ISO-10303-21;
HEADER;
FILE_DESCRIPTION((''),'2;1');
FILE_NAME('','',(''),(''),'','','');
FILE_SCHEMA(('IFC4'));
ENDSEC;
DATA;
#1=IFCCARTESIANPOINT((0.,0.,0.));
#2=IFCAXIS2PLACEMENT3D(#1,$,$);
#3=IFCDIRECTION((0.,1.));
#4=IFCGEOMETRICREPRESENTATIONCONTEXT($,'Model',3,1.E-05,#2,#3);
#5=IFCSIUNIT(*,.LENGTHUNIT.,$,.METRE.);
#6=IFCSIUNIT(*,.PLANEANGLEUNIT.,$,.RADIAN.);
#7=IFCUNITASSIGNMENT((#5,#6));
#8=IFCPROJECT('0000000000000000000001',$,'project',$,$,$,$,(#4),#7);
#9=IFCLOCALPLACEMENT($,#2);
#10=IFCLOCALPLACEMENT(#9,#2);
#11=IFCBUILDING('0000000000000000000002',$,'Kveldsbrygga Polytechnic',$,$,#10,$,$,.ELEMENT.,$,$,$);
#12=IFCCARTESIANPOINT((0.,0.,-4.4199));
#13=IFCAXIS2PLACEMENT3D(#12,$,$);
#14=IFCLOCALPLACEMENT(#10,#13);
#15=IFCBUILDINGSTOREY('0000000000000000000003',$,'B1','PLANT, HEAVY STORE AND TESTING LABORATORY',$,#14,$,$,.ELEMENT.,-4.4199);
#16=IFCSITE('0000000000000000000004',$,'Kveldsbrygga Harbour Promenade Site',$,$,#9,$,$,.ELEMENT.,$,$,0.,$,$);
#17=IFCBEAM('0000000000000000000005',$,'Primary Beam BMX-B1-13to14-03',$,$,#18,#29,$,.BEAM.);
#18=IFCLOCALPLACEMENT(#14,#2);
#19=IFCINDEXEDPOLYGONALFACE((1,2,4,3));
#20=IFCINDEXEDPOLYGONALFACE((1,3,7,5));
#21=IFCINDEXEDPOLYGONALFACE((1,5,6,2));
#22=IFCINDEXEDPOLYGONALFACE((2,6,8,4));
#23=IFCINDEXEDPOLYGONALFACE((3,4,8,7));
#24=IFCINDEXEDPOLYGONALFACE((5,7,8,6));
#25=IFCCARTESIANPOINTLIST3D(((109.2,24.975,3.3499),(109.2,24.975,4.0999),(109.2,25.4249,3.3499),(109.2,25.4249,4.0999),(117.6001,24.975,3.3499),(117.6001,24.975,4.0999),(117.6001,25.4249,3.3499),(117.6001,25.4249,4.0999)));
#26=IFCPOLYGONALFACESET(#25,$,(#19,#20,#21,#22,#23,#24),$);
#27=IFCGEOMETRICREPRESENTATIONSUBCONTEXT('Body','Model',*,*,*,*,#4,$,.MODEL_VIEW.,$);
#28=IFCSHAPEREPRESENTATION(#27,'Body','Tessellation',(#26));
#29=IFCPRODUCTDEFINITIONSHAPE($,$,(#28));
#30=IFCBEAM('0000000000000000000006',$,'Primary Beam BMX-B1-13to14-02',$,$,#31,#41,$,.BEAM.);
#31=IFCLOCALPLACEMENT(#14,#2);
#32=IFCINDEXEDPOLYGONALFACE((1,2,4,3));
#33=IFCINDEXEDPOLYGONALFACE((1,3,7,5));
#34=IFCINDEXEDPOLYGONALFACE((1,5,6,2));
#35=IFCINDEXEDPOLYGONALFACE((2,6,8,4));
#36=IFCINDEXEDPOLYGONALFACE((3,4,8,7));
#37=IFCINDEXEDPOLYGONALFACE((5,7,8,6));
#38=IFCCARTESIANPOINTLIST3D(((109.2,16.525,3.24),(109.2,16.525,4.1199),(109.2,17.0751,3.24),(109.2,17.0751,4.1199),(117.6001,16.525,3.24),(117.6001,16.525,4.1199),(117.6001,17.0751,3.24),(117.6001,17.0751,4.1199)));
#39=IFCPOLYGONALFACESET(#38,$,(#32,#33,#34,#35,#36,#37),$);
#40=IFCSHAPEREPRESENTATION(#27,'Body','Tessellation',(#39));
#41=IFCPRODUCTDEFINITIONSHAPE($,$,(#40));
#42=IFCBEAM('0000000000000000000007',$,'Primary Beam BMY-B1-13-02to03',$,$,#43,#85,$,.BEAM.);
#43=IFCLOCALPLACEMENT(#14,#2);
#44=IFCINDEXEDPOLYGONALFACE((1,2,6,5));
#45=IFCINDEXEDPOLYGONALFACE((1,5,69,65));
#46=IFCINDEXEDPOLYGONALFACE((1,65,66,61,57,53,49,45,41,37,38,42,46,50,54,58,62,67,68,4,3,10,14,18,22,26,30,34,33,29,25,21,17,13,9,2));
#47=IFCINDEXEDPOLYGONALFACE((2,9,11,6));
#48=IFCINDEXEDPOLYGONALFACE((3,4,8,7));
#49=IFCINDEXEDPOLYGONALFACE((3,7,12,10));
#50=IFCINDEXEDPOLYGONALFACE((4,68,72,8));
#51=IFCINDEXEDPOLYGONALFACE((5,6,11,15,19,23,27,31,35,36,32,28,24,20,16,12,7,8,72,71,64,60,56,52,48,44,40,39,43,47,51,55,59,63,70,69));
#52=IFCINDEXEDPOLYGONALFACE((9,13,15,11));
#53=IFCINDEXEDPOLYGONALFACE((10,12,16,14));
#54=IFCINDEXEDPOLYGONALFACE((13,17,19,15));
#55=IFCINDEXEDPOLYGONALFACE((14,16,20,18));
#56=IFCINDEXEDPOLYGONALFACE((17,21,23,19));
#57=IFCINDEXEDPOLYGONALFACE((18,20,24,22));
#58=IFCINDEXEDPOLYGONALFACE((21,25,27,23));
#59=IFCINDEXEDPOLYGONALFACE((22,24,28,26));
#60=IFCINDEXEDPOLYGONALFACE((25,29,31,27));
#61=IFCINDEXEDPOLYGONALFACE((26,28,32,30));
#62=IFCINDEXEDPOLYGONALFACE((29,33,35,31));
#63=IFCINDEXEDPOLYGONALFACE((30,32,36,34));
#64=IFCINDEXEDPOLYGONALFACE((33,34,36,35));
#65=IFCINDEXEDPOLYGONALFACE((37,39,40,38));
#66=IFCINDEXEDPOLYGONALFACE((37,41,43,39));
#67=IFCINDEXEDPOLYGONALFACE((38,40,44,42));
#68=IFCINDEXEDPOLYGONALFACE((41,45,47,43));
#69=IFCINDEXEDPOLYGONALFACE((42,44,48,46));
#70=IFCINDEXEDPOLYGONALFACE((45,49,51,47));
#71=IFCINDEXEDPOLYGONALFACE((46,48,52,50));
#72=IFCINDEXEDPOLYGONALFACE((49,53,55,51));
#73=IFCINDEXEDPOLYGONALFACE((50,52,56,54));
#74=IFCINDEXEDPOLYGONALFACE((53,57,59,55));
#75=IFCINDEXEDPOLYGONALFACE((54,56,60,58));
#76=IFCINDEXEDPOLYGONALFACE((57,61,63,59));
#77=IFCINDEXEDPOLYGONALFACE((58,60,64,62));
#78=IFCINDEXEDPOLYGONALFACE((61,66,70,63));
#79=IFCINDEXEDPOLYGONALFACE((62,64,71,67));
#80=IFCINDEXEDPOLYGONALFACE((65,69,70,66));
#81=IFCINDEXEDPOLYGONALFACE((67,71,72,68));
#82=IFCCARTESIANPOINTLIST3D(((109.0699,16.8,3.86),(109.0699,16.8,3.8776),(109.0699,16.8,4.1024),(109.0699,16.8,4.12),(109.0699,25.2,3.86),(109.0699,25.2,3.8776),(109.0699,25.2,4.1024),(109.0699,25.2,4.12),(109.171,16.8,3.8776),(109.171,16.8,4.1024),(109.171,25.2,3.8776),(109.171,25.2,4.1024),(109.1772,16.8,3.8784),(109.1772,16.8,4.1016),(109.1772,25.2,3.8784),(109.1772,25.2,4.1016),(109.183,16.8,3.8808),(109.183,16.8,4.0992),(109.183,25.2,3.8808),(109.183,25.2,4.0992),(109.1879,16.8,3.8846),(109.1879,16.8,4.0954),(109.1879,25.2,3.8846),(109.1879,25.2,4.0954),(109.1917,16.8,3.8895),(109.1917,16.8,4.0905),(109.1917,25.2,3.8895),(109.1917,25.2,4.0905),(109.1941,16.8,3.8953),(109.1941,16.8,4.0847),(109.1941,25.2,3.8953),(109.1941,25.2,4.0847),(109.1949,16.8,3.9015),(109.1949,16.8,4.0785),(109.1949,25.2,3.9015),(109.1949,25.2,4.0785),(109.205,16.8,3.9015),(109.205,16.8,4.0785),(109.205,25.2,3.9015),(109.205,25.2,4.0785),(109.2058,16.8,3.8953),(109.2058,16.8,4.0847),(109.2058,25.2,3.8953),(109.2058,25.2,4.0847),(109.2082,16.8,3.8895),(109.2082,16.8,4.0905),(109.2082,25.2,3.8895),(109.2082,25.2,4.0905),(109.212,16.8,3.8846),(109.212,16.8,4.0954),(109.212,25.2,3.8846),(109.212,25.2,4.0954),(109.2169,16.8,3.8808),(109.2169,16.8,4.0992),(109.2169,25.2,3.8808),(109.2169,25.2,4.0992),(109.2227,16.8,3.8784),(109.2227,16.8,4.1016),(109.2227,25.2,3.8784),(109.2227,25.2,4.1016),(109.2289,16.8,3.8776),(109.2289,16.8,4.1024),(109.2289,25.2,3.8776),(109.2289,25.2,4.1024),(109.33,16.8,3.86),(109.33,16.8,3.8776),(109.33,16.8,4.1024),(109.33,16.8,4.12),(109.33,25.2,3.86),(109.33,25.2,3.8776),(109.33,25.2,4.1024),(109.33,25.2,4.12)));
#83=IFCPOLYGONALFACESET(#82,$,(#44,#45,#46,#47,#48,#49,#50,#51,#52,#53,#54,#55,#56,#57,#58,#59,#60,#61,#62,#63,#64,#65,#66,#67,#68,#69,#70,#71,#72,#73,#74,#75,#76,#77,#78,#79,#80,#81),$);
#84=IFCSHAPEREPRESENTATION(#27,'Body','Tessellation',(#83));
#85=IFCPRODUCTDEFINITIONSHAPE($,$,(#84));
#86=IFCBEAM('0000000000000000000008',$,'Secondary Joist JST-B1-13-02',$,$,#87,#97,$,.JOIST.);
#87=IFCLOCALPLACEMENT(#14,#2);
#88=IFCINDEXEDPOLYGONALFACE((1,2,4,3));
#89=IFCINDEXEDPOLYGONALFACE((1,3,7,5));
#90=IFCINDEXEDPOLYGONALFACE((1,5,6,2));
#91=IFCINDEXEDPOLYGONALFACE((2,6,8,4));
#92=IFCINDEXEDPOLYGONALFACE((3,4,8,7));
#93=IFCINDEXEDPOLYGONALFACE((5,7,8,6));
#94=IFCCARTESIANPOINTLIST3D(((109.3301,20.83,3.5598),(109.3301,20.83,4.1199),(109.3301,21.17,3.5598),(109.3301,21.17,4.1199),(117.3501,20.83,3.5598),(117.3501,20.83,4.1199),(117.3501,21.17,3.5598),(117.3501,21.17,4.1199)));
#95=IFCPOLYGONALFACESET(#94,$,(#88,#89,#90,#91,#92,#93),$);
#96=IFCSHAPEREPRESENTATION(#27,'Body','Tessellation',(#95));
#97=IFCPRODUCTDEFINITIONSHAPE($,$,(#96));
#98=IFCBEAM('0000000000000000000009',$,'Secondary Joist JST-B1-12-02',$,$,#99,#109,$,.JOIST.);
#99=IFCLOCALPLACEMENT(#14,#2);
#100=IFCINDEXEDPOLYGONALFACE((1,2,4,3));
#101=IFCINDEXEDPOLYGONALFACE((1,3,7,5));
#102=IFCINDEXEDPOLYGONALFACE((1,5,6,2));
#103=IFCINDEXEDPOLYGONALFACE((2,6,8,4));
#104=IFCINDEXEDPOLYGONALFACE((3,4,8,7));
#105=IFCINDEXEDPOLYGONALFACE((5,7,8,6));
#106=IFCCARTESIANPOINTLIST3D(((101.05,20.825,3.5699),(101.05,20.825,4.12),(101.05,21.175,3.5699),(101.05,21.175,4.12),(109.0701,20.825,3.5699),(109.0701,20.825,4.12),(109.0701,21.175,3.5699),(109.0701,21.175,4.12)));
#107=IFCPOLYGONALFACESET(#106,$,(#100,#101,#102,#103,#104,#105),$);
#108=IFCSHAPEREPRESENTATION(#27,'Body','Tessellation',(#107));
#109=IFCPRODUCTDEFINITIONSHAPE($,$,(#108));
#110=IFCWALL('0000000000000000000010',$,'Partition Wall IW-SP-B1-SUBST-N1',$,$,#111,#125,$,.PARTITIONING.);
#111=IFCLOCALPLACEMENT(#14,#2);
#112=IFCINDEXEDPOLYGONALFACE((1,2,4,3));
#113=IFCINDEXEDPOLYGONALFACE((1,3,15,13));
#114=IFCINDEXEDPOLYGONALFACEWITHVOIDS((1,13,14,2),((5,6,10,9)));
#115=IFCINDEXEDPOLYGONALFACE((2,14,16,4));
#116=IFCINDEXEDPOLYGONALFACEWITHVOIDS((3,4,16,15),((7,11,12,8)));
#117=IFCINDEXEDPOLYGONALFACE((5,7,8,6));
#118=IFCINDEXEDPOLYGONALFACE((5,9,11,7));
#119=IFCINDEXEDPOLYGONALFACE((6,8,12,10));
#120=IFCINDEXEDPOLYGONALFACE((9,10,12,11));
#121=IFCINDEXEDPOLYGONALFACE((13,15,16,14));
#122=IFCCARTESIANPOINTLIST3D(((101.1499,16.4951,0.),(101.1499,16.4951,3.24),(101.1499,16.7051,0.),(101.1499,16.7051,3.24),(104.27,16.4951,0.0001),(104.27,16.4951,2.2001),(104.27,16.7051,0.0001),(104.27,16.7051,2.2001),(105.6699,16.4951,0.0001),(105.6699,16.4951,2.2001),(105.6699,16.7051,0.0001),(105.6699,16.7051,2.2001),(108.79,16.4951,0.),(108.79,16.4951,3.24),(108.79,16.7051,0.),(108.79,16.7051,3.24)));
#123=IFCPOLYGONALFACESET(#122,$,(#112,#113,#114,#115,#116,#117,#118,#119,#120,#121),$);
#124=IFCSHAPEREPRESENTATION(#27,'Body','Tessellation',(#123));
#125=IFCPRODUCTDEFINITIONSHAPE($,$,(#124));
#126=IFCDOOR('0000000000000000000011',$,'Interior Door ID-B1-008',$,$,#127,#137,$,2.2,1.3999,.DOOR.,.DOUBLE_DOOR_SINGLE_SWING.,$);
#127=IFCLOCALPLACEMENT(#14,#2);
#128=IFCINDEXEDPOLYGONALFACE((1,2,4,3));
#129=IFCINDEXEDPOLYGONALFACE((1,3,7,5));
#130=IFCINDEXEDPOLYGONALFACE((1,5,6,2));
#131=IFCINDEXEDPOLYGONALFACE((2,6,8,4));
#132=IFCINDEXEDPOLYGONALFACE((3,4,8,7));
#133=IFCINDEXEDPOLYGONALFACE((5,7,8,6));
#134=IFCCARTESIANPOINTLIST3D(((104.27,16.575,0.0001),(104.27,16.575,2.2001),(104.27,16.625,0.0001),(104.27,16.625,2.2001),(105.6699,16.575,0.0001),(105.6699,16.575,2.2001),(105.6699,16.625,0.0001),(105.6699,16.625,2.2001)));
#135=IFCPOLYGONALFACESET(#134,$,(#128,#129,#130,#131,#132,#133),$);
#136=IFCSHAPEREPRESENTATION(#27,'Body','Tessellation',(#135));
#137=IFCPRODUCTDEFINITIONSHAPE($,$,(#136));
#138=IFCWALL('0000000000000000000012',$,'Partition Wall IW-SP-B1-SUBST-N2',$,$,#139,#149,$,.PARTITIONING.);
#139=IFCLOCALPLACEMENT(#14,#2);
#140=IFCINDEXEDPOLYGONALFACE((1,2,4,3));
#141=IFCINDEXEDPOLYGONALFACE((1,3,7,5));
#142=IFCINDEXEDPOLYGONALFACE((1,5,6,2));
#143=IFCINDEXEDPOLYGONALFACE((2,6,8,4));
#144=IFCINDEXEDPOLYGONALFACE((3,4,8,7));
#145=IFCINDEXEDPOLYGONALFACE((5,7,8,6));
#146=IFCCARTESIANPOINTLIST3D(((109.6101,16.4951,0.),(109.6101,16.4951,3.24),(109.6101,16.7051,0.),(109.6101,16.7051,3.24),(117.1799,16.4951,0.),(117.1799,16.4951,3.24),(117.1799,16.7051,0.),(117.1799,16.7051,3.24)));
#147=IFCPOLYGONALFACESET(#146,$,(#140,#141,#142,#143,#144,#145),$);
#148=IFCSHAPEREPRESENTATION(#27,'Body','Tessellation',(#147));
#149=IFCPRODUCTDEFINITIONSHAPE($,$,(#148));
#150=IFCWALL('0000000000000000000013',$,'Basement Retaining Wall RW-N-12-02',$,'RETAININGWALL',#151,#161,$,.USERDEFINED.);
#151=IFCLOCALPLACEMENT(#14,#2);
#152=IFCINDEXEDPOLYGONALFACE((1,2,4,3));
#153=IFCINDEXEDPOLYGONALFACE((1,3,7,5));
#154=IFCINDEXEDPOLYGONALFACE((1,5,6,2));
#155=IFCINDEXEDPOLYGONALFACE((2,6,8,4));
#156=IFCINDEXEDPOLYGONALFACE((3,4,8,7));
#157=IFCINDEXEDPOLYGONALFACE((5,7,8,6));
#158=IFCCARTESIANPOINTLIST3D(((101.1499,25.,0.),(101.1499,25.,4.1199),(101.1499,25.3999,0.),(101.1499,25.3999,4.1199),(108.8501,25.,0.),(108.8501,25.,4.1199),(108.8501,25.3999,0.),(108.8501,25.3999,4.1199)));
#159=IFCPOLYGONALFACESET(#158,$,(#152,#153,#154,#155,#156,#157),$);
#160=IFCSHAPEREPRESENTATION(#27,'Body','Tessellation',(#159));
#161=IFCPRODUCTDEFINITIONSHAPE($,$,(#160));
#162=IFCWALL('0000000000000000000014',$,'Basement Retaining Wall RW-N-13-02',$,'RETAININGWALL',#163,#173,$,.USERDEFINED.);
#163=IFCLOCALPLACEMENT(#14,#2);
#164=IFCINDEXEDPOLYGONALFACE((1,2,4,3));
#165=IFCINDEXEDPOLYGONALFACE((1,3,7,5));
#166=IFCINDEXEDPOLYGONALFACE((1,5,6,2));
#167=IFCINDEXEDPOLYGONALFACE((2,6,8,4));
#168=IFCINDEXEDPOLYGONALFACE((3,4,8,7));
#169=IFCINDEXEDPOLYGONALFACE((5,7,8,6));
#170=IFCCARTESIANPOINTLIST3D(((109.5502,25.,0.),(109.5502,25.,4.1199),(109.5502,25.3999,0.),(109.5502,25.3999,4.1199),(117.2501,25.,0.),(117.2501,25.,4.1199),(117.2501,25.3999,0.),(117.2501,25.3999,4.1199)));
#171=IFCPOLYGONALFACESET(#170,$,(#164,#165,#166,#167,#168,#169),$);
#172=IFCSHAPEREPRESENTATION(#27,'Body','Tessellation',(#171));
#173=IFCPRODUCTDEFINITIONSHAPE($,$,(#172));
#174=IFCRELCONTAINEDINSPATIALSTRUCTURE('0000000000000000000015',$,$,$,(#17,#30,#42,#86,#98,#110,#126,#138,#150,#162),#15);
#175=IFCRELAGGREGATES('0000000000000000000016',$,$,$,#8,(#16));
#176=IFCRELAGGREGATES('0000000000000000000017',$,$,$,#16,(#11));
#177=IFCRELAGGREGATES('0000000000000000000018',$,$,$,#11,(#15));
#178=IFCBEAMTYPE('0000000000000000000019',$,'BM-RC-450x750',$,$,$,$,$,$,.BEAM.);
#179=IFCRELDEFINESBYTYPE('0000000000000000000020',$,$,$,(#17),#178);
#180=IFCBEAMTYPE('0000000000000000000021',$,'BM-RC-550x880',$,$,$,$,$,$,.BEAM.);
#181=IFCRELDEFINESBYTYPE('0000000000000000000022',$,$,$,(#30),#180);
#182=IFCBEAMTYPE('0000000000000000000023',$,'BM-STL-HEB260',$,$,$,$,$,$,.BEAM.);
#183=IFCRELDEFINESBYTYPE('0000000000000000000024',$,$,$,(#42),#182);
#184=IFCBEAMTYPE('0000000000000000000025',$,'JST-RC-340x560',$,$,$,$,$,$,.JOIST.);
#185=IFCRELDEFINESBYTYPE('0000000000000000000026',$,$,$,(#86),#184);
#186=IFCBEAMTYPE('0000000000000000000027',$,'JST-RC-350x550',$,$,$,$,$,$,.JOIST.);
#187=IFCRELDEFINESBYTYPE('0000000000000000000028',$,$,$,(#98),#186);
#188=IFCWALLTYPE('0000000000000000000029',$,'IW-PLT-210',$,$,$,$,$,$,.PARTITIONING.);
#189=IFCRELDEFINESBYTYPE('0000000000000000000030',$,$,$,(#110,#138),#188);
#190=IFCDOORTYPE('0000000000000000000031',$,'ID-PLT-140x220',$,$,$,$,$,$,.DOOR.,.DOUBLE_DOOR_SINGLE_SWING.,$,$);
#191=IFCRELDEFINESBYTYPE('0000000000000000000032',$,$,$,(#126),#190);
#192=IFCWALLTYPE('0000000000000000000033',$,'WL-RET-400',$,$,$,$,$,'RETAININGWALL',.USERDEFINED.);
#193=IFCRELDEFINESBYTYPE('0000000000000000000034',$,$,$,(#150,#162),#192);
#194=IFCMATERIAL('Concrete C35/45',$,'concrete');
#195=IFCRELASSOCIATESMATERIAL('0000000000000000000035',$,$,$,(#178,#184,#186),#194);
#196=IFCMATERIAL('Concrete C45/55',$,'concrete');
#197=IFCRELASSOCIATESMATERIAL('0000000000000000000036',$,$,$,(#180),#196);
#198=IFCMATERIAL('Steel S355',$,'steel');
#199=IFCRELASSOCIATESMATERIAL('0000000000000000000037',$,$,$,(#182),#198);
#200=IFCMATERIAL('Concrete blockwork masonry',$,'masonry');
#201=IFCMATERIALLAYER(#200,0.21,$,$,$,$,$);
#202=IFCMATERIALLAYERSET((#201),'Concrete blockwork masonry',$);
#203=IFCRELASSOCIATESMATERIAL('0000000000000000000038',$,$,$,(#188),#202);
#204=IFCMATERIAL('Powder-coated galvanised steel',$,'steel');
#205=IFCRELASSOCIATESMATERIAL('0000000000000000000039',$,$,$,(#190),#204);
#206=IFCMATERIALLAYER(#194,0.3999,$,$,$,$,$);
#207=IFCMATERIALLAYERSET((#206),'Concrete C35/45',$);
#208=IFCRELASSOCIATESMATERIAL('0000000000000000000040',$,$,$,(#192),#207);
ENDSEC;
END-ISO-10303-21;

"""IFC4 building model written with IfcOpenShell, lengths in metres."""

from ifc_helpers import new_model, si_unit, direction, frame, frame_2d, origin, origin_2d, place, context, subcontext, project, spatial, rectangle, i_section, extrude, material, layer, layer_set, material_profile, profile_set, type_object, element, fill, save


model = new_model("IFC4")

# Units and contexts
model_context = context("Model", 3, precision=1e-05, world=origin(), true_north=direction((0.0, 1.0)))
body_context = subcontext(model_context, "Body", "Model", "MODEL_VIEW")
ifc_project = project(units=[si_unit("LENGTHUNIT", "METRE"), si_unit("PLANEANGLEUNIT", "RADIAN")], contexts=[model_context])

# Site, building, storey
site_placement = place(None, origin())
site = spatial("IfcSite", under=ifc_project, at=site_placement, Name="Kveldsbrygga Harbour Promenade Site", CompositionType="ELEMENT", RefElevation=0.0)
building_placement = place(site_placement, origin())
building = spatial("IfcBuilding", under=site, at=building_placement, Name="Kveldsbrygga Polytechnic", CompositionType="ELEMENT")
storey_placement = place(building_placement, frame((0.0, 0.0, -4.4199)))
storey = spatial("IfcBuildingStorey", under=building, at=storey_placement, Name="B1", Description="PLANT, HEAVY STORE AND TESTING LABORATORY", CompositionType="ELEMENT", Elevation=-4.4199)

# Shared definitions
ifc_material_1 = material(Name="Concrete C45/55", Category="concrete")

# Beams
ifc_material_2 = material(Name="Concrete C35/45", Category="concrete")
ifc_material_profile_1 = material_profile(ifc_material_2, rectangle(XDim=0.45, YDim=0.75, at=origin_2d()), Name="RC 450x750")
ifc_profile_set_1 = profile_set([ifc_material_profile_1], Name="Concrete C35/45")
beam_type_1 = type_object("IfcBeamType", Name="BM-RC-450x750", PredefinedType="BEAM", material=ifc_profile_set_1)
beam_1_placement = place(storey_placement, frame((109.2, 25.2, 3.7249), z_axis=(1.0, 0.0, 0.0), x_axis=(0.0, 1.0, 0.0)))
element("IfcBeam", 1, at=beam_1_placement, inside=storey, type_object=beam_type_1, Name="Primary Beam BMX-B1-13to14-03", PredefinedType="BEAM", context=body_context, shape_type="SweptSolid", body=[
    extrude(rectangle(XDim=0.45, YDim=0.75, at=origin_2d()), origin(), (0.0, 0.0, 1.0), 8.4001),
])
ifc_material_profile_2 = material_profile(ifc_material_1, rectangle(XDim=0.55, YDim=0.8799, at=origin_2d()), Name="RC 550x880")
ifc_profile_set_2 = profile_set([ifc_material_profile_2], Name="Concrete C45/55")
beam_type_2 = type_object("IfcBeamType", Name="BM-RC-550x880", PredefinedType="BEAM", material=ifc_profile_set_2)
beam_2_placement = place(storey_placement, frame((109.2, 16.8, 3.6799), z_axis=(1.0, 0.0, 0.0), x_axis=(0.0, 1.0, 0.0)))
element("IfcBeam", 2, at=beam_2_placement, inside=storey, type_object=beam_type_2, Name="Primary Beam BMX-B1-13to14-02", PredefinedType="BEAM", context=body_context, shape_type="SweptSolid", body=[
    extrude(rectangle(XDim=0.55, YDim=0.8799, at=origin_2d()), origin(), (0.0, 0.0, 1.0), 8.4001),
])
ifc_material_3 = material(Name="Steel S355", Category="steel")
ifc_material_profile_3 = material_profile(ifc_material_3, i_section(OverallWidth=0.26, OverallDepth=0.26, WebThickness=0.01, FlangeThickness=0.0176, FilletRadius=0.0239, at=origin_2d()), Name="HEB 260")
ifc_profile_set_3 = profile_set([ifc_material_profile_3], Name="Steel S355")
beam_type_3 = type_object("IfcBeamType", Name="BM-STL-HEB260", PredefinedType="BEAM", material=ifc_profile_set_3)
beam_3_placement = place(storey_placement, frame((109.2, 16.8, 3.99), z_axis=(0.0, 1.0, 0.0), x_axis=(-1.0, 0.0, 0.0)))
element("IfcBeam", 3, at=beam_3_placement, inside=storey, type_object=beam_type_3, Name="Primary Beam BMY-B1-13-02to03", PredefinedType="BEAM", context=body_context, shape_type="SweptSolid", body=[
    extrude(i_section(OverallWidth=0.26, OverallDepth=0.26, WebThickness=0.01, FlangeThickness=0.0176, FilletRadius=0.0239, at=origin_2d()), origin(), (0.0, 0.0, 1.0), 8.3999),
])
ifc_material_profile_4 = material_profile(ifc_material_2, rectangle(XDim=0.3401, YDim=0.5601, at=origin_2d()), Name="RC 340x560")
ifc_profile_set_4 = profile_set([ifc_material_profile_4], Name="Concrete C35/45")
beam_type_4 = type_object("IfcBeamType", Name="JST-RC-340x560", PredefinedType="JOIST", material=ifc_profile_set_4)
beam_4_placement = place(storey_placement, frame((109.3301, 21.0, 3.8398), z_axis=(1.0, 0.0, 0.0), x_axis=(0.0, 1.0, 0.0)))
element("IfcBeam", 4, at=beam_4_placement, inside=storey, type_object=beam_type_4, Name="Secondary Joist JST-B1-13-02", PredefinedType="JOIST", context=body_context, shape_type="SweptSolid", body=[
    extrude(rectangle(XDim=0.3401, YDim=0.5601, at=origin_2d()), origin(), (0.0, 0.0, 1.0), 8.02),
])
ifc_material_profile_5 = material_profile(ifc_material_2, rectangle(XDim=0.3501, YDim=0.55, at=origin_2d()), Name="RC 350x550")
ifc_profile_set_5 = profile_set([ifc_material_profile_5], Name="Concrete C35/45")
beam_type_5 = type_object("IfcBeamType", Name="JST-RC-350x550", PredefinedType="JOIST", material=ifc_profile_set_5)
beam_5_placement = place(storey_placement, frame((101.05, 21.0, 3.845), z_axis=(1.0, 0.0, 0.0), x_axis=(0.0, 1.0, 0.0)))
element("IfcBeam", 5, at=beam_5_placement, inside=storey, type_object=beam_type_5, Name="Secondary Joist JST-B1-12-02", PredefinedType="JOIST", context=body_context, shape_type="SweptSolid", body=[
    extrude(rectangle(XDim=0.3501, YDim=0.55, at=origin_2d()), origin(), (0.0, 0.0, 1.0), 8.02),
])

# Wall, opening, door
ifc_material_4 = material(Name="Concrete blockwork masonry", Category="masonry")
ifc_layer_1 = layer(ifc_material_4, 0.21)
ifc_layer_set_1 = layer_set([ifc_layer_1], Name="Concrete blockwork masonry")
wall_type_1 = type_object("IfcWallType", Name="IW-PLT-210", PredefinedType="PARTITIONING", material=ifc_layer_set_1)
wall_1_placement = place(storey_placement, frame((101.1499, 16.6001, 0.0), z_axis=(0.0, 0.0, 1.0), x_axis=(1.0, 0.0, 0.0)))
wall_1 = element("IfcWall", 6, at=wall_1_placement, inside=storey, type_object=wall_type_1, Name="Partition Wall IW-SP-B1-SUBST-N1", PredefinedType="PARTITIONING", context=body_context, shape_type="SweptSolid", body=[
    extrude(rectangle(XDim=7.6401, YDim=0.21, at=frame_2d((3.8201, 0.0))), origin(), (0.0, 0.0, 1.0), 3.24),
])
opening_placement = place(wall_1_placement, frame((3.1201, 0.0, 0.0)))
opening = element("IfcOpeningElement", 7, at=opening_placement, cuts=wall_1, PredefinedType="OPENING", context=body_context, shape_type="SweptSolid", body=[
    extrude(rectangle(XDim=1.3999, YDim=2.2, at=frame_2d((0.7, 1.1001))), frame((0.0, 0.115, 0.0), z_axis=(0.0, -1.0, 0.0), x_axis=(1.0, 0.0, 0.0)), (0.0, 0.0, 1.0), 0.23),
])
ifc_material_5 = material(Name="Powder-coated galvanised steel", Category="steel")
door_type = type_object("IfcDoorType", Name="ID-PLT-140x220", OperationType="DOUBLE_DOOR_SINGLE_SWING", PredefinedType="DOOR", material=ifc_material_5)
door_placement = place(opening_placement, origin())
door = element("IfcDoor", 8, at=door_placement, inside=storey, type_object=door_type, Name="Interior Door ID-B1-008", OperationType="DOUBLE_DOOR_SINGLE_SWING", OverallHeight=2.2, OverallWidth=1.3999, PredefinedType="DOOR", context=body_context, shape_type="SweptSolid", body=[
    extrude(rectangle(XDim=1.3999, YDim=2.2, at=frame_2d((0.7, 1.1001))), frame((0.0, 0.0249, 0.0), z_axis=(0.0, -1.0, 0.0), x_axis=(1.0, 0.0, 0.0)), (0.0, 0.0, 1.0), 0.05),
])
fill(opening, door)

# Walls
wall_2_placement = place(storey_placement, frame((109.6101, 16.6001, 0.0), z_axis=(0.0, 0.0, 1.0), x_axis=(1.0, 0.0, 0.0)))
element("IfcWall", 9, at=wall_2_placement, inside=storey, type_object=wall_type_1, Name="Partition Wall IW-SP-B1-SUBST-N2", PredefinedType="PARTITIONING", context=body_context, shape_type="SweptSolid", body=[
    extrude(rectangle(XDim=7.5698, YDim=0.21, at=frame_2d((3.7849, 0.0))), origin(), (0.0, 0.0, 1.0), 3.24),
])
ifc_layer_2 = layer(ifc_material_2, 0.3999)
ifc_layer_set_2 = layer_set([ifc_layer_2], Name="Concrete C35/45")
wall_type_2 = type_object("IfcWallType", Name="WL-RET-400", ElementType="RETAININGWALL", PredefinedType="USERDEFINED", material=ifc_layer_set_2)
wall_3_placement = place(storey_placement, frame((101.1499, 25.2, 0.0), z_axis=(0.0, 0.0, 1.0), x_axis=(1.0, 0.0, 0.0)))
element("IfcWall", 10, at=wall_3_placement, inside=storey, type_object=wall_type_2, Name="Basement Retaining Wall RW-N-12-02", ObjectType="RETAININGWALL", PredefinedType="USERDEFINED", context=body_context, shape_type="SweptSolid", body=[
    extrude(rectangle(XDim=7.7002, YDim=0.3999, at=frame_2d((3.8501, 0.0))), origin(), (0.0, 0.0, 1.0), 4.1199),
])
wall_4_placement = place(storey_placement, frame((109.55, 25.2, 0.0), z_axis=(0.0, 0.0, 1.0), x_axis=(1.0, 0.0, 0.0)))
element("IfcWall", 11, at=wall_4_placement, inside=storey, type_object=wall_type_2, Name="Basement Retaining Wall RW-N-13-02", ObjectType="RETAININGWALL", PredefinedType="USERDEFINED", context=body_context, shape_type="SweptSolid", body=[
    extrude(rectangle(XDim=7.7, YDim=0.3999, at=frame_2d((3.8501, 0.0))), origin(), (0.0, 0.0, 1.0), 4.1199),
])

save(model, "model.ifc")
